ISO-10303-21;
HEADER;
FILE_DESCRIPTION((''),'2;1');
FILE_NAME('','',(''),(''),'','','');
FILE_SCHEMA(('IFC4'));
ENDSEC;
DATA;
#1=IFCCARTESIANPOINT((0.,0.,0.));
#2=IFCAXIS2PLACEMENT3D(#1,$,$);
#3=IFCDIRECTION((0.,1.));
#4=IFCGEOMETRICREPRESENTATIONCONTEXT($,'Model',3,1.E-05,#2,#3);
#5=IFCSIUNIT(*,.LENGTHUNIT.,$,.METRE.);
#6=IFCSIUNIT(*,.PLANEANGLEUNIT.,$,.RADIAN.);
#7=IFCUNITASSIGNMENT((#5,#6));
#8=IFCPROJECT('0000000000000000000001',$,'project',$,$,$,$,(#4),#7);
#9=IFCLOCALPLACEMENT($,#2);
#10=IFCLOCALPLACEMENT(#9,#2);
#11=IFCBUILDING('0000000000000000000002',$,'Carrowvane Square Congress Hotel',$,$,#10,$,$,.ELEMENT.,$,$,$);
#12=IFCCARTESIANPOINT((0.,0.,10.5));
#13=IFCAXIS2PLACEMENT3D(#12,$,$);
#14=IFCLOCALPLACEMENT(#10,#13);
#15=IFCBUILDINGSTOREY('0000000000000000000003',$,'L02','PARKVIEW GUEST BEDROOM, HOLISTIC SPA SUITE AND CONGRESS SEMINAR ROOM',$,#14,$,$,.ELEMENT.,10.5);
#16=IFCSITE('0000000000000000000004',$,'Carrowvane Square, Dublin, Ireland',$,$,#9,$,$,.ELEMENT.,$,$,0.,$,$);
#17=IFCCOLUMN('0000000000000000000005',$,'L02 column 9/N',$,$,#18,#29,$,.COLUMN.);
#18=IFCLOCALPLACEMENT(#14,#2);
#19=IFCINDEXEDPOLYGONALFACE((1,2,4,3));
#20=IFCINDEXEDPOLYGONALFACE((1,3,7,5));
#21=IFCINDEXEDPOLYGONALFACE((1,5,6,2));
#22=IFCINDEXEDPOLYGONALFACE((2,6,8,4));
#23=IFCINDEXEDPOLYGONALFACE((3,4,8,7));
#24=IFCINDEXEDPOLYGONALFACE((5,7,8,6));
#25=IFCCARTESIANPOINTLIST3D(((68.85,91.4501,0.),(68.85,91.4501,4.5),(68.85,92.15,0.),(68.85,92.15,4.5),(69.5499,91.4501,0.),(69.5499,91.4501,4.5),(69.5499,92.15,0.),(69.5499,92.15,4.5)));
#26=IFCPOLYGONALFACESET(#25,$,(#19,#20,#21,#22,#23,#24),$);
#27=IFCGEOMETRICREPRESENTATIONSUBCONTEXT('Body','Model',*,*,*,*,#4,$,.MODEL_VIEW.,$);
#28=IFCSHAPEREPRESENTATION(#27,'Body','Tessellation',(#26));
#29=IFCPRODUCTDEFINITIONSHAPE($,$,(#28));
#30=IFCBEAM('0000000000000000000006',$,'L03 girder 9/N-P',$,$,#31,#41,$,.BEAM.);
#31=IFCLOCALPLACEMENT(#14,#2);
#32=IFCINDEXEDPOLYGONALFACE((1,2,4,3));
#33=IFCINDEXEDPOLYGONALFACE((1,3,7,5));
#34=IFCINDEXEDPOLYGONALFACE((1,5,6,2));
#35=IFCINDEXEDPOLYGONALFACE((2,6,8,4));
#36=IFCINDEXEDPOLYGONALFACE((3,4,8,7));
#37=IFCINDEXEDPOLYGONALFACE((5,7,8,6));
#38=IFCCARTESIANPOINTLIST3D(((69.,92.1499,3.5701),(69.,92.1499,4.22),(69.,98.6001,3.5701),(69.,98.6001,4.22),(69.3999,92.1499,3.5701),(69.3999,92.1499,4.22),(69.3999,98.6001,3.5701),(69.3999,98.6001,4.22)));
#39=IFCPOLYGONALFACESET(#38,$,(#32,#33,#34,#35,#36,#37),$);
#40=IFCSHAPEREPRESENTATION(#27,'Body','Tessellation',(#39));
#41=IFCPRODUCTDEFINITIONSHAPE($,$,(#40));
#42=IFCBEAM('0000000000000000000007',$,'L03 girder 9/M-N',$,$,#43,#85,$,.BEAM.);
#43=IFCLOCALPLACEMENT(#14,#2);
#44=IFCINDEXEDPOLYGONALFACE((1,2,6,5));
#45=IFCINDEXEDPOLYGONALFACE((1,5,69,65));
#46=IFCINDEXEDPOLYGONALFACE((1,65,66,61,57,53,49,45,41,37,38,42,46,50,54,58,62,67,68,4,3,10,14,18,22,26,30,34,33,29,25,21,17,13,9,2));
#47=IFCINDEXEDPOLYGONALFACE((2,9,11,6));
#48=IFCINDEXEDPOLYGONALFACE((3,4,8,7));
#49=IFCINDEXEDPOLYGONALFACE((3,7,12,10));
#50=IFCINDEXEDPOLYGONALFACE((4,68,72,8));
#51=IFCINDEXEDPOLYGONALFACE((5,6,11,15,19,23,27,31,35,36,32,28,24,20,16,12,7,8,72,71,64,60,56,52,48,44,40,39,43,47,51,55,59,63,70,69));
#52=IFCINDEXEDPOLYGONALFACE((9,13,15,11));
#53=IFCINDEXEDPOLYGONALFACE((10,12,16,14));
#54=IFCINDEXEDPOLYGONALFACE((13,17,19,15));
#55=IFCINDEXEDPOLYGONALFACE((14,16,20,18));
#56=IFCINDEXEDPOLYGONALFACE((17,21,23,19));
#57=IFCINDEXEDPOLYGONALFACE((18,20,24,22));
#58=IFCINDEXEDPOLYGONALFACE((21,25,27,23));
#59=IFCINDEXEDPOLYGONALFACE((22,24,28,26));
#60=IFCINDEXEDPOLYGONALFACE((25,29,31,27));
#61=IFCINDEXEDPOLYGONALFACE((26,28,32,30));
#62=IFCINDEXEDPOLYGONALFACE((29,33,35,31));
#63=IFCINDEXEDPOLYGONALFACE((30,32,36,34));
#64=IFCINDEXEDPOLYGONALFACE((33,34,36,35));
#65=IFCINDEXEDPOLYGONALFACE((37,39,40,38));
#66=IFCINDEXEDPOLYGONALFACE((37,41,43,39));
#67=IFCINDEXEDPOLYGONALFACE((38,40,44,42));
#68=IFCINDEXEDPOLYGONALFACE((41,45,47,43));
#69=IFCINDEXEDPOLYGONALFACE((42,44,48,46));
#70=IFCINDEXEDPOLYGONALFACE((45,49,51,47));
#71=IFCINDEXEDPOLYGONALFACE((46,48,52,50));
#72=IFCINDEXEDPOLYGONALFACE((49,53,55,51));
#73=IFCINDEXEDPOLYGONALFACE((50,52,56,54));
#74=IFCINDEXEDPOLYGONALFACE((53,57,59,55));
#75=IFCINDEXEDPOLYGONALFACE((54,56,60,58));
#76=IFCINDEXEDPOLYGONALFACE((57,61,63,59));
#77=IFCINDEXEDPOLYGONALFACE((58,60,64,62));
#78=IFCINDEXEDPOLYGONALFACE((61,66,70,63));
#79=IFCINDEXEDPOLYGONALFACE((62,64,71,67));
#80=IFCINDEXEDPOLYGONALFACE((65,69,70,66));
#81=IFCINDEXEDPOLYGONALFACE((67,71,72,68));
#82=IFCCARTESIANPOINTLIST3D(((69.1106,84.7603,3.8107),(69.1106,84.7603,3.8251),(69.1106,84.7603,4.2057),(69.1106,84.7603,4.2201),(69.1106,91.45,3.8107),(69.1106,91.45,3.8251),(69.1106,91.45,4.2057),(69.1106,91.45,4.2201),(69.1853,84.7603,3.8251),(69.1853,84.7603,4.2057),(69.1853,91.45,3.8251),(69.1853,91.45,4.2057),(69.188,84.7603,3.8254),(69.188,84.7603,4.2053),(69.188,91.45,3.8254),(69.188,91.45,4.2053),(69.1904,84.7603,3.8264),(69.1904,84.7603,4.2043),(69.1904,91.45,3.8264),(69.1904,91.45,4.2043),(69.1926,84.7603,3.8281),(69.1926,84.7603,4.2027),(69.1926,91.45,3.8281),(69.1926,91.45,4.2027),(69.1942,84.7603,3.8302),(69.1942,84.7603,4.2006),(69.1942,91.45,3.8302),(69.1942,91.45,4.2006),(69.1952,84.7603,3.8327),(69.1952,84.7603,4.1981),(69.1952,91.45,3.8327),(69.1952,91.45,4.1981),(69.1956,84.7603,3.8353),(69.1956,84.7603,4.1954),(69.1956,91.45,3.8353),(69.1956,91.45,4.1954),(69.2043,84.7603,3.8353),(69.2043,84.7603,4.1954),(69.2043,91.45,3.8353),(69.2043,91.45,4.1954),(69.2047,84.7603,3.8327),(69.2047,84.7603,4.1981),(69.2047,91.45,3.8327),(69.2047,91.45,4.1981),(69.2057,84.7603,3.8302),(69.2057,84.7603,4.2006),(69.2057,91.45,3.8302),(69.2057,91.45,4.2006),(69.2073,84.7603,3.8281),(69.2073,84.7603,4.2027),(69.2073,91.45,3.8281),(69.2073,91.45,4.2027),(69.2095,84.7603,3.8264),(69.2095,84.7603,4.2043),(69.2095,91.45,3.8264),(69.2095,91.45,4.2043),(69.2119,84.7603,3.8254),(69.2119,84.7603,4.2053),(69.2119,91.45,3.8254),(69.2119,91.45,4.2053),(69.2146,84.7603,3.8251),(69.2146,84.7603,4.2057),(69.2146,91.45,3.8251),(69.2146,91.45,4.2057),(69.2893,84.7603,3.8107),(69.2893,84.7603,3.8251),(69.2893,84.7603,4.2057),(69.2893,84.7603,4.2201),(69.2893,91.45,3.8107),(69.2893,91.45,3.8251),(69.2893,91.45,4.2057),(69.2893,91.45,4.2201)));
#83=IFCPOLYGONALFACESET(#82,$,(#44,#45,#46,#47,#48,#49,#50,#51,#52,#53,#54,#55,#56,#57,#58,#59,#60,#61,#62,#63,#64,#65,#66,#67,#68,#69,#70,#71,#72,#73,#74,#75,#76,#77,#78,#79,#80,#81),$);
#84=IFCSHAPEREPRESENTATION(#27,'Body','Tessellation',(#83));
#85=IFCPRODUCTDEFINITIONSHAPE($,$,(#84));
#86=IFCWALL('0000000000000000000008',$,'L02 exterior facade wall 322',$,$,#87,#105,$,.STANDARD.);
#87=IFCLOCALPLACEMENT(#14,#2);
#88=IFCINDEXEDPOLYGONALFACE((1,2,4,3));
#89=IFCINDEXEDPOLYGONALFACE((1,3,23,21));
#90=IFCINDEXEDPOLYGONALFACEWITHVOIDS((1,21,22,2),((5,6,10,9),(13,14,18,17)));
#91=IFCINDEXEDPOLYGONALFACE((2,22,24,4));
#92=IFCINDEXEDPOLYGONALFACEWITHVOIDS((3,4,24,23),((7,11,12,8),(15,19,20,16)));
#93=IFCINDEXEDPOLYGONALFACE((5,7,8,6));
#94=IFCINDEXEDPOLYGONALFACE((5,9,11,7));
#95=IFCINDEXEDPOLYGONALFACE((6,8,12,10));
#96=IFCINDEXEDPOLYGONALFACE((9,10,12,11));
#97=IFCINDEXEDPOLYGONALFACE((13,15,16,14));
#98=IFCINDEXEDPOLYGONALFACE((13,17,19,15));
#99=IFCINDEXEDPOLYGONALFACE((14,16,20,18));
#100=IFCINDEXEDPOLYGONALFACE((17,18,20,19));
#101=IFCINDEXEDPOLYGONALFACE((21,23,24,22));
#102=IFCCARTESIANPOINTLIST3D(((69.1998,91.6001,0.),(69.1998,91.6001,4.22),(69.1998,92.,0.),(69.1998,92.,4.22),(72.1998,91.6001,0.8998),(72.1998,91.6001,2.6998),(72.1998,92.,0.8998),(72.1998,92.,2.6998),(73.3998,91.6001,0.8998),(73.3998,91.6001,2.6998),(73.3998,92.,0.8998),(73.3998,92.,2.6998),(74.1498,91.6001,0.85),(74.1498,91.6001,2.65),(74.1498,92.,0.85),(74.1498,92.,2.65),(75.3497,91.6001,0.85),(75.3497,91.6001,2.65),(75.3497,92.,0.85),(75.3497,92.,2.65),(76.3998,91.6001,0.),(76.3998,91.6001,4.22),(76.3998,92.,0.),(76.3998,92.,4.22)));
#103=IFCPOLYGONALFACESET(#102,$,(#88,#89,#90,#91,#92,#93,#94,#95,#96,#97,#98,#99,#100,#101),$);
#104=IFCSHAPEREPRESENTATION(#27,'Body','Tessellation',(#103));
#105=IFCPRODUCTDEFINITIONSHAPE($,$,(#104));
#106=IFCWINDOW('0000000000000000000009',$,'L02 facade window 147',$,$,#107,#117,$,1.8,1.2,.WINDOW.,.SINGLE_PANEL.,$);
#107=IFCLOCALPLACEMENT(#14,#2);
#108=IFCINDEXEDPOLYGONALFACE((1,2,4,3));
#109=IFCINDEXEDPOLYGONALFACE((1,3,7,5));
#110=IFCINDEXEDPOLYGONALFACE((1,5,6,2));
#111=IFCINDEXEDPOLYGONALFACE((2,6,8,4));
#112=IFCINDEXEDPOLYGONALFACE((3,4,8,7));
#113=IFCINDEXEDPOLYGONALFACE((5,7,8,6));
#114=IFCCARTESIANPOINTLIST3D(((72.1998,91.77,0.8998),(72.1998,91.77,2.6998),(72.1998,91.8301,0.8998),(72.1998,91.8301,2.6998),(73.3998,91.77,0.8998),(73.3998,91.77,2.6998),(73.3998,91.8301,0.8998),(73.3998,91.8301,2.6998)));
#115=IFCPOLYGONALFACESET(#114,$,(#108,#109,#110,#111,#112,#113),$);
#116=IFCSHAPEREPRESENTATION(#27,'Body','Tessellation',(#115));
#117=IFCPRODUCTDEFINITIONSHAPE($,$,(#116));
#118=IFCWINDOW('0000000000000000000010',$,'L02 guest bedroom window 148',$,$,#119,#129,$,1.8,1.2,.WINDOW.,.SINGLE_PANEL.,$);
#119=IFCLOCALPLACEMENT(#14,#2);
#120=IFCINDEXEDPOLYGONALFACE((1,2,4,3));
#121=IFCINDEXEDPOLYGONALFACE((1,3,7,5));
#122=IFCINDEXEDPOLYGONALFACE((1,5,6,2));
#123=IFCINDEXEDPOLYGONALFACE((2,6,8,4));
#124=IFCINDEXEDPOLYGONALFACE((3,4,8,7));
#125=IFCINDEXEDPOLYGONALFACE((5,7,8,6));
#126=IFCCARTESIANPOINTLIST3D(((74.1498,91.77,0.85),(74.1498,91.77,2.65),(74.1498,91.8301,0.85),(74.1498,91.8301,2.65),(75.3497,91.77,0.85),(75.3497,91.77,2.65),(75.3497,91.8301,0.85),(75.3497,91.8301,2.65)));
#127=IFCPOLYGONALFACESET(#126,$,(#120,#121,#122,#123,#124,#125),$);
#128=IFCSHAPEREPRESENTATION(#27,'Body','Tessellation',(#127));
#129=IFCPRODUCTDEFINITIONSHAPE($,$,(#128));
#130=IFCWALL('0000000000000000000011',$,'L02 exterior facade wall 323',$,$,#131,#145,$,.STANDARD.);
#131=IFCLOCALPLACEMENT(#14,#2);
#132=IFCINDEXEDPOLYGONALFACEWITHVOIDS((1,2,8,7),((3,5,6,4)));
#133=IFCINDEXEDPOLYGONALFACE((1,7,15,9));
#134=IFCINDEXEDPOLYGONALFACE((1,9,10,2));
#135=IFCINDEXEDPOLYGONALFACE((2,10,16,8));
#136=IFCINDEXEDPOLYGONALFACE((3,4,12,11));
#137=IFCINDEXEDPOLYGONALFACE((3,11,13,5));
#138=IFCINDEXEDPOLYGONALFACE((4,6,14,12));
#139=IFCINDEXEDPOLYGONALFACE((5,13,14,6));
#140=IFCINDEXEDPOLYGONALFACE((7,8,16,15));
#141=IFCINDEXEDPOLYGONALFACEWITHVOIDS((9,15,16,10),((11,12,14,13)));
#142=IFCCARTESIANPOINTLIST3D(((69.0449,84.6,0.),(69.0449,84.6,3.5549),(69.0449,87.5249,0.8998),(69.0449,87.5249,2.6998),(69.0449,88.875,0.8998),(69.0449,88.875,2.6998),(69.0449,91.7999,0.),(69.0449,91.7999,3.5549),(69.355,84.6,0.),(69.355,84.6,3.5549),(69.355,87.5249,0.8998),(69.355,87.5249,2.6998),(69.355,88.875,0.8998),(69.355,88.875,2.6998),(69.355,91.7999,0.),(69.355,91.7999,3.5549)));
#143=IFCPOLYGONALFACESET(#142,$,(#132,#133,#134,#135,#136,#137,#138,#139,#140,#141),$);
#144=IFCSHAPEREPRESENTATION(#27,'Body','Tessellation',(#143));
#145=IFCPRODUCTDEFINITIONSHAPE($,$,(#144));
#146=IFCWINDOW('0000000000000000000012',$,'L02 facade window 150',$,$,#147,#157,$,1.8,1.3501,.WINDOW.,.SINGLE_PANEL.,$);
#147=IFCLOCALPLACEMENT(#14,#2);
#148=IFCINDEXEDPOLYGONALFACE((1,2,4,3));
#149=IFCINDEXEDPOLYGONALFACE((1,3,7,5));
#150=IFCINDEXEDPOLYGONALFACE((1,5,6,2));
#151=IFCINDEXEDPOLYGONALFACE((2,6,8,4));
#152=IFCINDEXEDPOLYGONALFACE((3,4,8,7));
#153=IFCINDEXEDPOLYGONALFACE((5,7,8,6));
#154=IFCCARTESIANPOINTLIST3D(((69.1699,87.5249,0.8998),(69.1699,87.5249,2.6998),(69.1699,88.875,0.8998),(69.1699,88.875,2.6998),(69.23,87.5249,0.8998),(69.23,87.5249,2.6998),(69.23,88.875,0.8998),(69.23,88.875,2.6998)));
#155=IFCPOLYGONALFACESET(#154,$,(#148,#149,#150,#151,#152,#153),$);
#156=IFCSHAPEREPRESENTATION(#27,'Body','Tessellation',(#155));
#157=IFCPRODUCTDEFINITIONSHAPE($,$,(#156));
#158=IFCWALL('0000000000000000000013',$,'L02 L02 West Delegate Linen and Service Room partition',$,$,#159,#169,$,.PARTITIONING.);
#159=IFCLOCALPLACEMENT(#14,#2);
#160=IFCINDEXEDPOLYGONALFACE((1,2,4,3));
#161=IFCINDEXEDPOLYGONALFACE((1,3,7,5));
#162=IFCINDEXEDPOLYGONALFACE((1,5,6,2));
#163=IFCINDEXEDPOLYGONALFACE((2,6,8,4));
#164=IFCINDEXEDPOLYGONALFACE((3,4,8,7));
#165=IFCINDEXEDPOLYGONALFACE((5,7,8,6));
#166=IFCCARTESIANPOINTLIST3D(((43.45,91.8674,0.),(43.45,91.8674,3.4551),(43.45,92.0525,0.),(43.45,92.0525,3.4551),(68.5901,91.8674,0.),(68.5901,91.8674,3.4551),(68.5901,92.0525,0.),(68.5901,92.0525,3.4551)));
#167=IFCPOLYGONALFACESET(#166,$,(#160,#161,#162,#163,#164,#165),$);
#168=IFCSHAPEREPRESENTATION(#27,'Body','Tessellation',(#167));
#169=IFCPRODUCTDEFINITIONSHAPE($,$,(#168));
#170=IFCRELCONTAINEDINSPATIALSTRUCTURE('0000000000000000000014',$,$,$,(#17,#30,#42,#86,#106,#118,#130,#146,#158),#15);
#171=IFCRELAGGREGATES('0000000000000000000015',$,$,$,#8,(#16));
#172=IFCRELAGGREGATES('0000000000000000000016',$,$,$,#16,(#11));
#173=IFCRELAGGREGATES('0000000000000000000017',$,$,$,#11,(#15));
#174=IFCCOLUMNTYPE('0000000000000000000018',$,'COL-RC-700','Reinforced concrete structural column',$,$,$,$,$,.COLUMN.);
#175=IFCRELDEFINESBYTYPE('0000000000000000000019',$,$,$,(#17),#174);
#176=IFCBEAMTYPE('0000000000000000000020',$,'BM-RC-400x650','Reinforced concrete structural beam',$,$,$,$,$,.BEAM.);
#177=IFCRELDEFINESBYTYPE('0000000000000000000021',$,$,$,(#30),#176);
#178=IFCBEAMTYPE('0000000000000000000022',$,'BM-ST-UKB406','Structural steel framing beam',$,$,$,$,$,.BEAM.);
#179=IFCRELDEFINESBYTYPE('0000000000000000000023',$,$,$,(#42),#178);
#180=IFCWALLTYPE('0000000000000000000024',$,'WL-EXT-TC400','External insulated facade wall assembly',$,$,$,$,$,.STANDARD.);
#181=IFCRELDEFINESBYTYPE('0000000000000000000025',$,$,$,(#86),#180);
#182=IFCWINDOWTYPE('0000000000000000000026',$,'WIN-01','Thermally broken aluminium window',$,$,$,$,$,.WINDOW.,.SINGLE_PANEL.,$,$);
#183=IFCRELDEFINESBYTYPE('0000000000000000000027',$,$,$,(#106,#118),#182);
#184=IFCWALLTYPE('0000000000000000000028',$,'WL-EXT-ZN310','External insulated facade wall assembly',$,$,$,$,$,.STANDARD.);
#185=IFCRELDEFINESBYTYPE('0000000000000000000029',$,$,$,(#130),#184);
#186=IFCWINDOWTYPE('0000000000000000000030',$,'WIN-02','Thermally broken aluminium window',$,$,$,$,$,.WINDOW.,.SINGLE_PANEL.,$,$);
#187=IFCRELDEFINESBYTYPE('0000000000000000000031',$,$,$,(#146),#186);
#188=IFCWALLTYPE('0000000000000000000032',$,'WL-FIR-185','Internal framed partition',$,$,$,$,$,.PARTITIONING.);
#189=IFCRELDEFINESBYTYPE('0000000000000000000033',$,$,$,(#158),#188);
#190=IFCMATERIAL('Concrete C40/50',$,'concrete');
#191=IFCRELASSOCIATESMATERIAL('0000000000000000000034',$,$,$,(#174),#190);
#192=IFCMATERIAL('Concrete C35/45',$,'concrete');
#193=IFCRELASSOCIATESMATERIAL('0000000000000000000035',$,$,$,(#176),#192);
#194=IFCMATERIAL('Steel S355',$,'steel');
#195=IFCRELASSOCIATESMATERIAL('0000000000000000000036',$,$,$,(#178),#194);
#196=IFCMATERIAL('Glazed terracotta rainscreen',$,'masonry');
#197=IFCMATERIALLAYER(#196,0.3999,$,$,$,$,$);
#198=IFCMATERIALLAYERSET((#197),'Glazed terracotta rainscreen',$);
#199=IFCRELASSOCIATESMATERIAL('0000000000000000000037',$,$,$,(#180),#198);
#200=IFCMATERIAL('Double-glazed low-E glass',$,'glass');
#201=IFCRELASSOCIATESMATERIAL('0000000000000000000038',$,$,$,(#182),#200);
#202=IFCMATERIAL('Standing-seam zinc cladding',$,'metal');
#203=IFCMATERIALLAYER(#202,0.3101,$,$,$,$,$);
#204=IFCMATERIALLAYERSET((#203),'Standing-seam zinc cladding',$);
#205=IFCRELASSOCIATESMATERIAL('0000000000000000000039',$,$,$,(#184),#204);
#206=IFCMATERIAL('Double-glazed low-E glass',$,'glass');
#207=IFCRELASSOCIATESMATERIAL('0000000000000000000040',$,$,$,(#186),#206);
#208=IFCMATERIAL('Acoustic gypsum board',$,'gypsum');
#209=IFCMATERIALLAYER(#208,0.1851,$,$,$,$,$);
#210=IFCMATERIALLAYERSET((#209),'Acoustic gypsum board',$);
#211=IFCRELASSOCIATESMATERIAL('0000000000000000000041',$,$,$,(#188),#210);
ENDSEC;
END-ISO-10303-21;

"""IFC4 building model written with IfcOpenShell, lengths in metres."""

from ifc_helpers import new_model, si_unit, direction, frame, frame_2d, origin, origin_2d, place, context, subcontext, project, spatial, rectangle, i_section, extrude, material, layer, layer_set, material_profile, profile_set, type_object, element, fill, save


model = new_model("IFC4")

# Units and contexts
model_context = context("Model", 3, precision=1e-05, world=origin(), true_north=direction((0.0, 1.0)))
body_context = subcontext(model_context, "Body", "Model", "MODEL_VIEW")
ifc_project = project(units=[si_unit("LENGTHUNIT", "METRE"), si_unit("PLANEANGLEUNIT", "RADIAN")], contexts=[model_context])

# Site, building, storey
site_placement = place(None, origin())
site = spatial("IfcSite", under=ifc_project, at=site_placement, Name="Carrowvane Square, Dublin, Ireland", CompositionType="ELEMENT", RefElevation=0.0)
building_placement = place(site_placement, origin())
building = spatial("IfcBuilding", under=site, at=building_placement, Name="Carrowvane Square Congress Hotel", CompositionType="ELEMENT")
storey_placement = place(building_placement, frame((0.0, 0.0, 10.5)))
storey = spatial("IfcBuildingStorey", under=building, at=storey_placement, Name="L02", Description="PARKVIEW GUEST BEDROOM, HOLISTIC SPA SUITE AND CONGRESS SEMINAR ROOM", CompositionType="ELEMENT", Elevation=10.5)

# Column
ifc_material_1 = material(Name="Concrete C40/50", Category="concrete")
ifc_material_profile_1 = material_profile(ifc_material_1, rectangle(XDim=0.7, YDim=0.7, at=origin_2d()), Name="RC 700x700")
ifc_profile_set_1 = profile_set([ifc_material_profile_1], Name="Concrete C40/50")
column_type = type_object("IfcColumnType", Name="COL-RC-700", Description="Reinforced concrete structural column", PredefinedType="COLUMN", material=ifc_profile_set_1)
column_placement = place(storey_placement, frame((69.2, 91.8, 0.0), z_axis=(0.0, 0.0, 1.0), x_axis=(1.0, 0.0, 0.0)))
element("IfcColumn", 1, at=column_placement, inside=storey, type_object=column_type, Name="L02 column 9/N", PredefinedType="COLUMN", context=body_context, shape_type="SweptSolid", body=[
    extrude(rectangle(XDim=0.7, YDim=0.7, at=origin_2d()), origin(), (0.0, 0.0, 1.0), 4.5),
])

# Beams
ifc_material_2 = material(Name="Concrete C35/45", Category="concrete")
ifc_material_profile_2 = material_profile(ifc_material_2, rectangle(XDim=0.3999, YDim=0.6499, at=origin_2d()), Name="RC 400x650")
ifc_profile_set_2 = profile_set([ifc_material_profile_2], Name="Concrete C35/45")
beam_type_1 = type_object("IfcBeamType", Name="BM-RC-400x650", Description="Reinforced concrete structural beam", PredefinedType="BEAM", material=ifc_profile_set_2)
beam_1_placement = place(storey_placement, frame((69.2, 92.1499, 3.895), z_axis=(0.0, 1.0, 0.0), x_axis=(-1.0, 0.0, 0.0)))
element("IfcBeam", 2, at=beam_1_placement, inside=storey, type_object=beam_type_1, Name="L03 girder 9/N-P", PredefinedType="BEAM", context=body_context, shape_type="SweptSolid", body=[
    extrude(rectangle(XDim=0.3999, YDim=0.6499, at=origin_2d()), origin(), (0.0, 0.0, 1.0), 6.4502),
])
ifc_material_3 = material(Name="Steel S355", Category="steel")
ifc_material_profile_3 = material_profile(ifc_material_3, i_section(OverallWidth=0.1787, OverallDepth=0.4094, WebThickness=0.0088, FlangeThickness=0.0144, FilletRadius=0.0103, at=origin_2d()), Name="UKB 406x178x67")
ifc_profile_set_3 = profile_set([ifc_material_profile_3], Name="Steel S355")
beam_type_2 = type_object("IfcBeamType", Name="BM-ST-UKB406", Description="Structural steel framing beam", PredefinedType="BEAM", material=ifc_profile_set_3)
beam_2_placement = place(storey_placement, frame((69.2, 84.7603, 4.0154), z_axis=(0.0, 1.0, 0.0), x_axis=(-1.0, 0.0, 0.0)))
element("IfcBeam", 3, at=beam_2_placement, inside=storey, type_object=beam_type_2, Name="L03 girder 9/M-N", PredefinedType="BEAM", context=body_context, shape_type="SweptSolid", body=[
    extrude(i_section(OverallWidth=0.1787, OverallDepth=0.4094, WebThickness=0.0088, FlangeThickness=0.0144, FilletRadius=0.0103, at=origin_2d()), origin(), (0.0, 0.0, 1.0), 6.6897),
])

# Wall, openings, windows
ifc_material_4 = material(Name="Glazed terracotta rainscreen", Category="masonry")
ifc_layer_1 = layer(ifc_material_4, 0.3999)
ifc_layer_set_1 = layer_set([ifc_layer_1], Name="Glazed terracotta rainscreen")
wall_type_1 = type_object("IfcWallType", Name="WL-EXT-TC400", Description="External insulated facade wall assembly", PredefinedType="STANDARD", material=ifc_layer_set_1)
wall_1_placement = place(storey_placement, frame((76.3999, 91.8, 0.0), z_axis=(0.0, 0.0, 1.0), x_axis=(-1.0, 0.0, 0.0)))
wall_1 = element("IfcWall", 4, at=wall_1_placement, inside=storey, type_object=wall_type_1, Name="L02 exterior facade wall 322", PredefinedType="STANDARD", context=body_context, shape_type="SweptSolid", body=[
    extrude(rectangle(XDim=7.2, YDim=0.3999, at=frame_2d((3.6001, 0.0))), origin(), (0.0, 0.0, 1.0), 4.22),
])
opening_1_placement = place(wall_1_placement, frame((3.0, 0.0, 0.8999)))
opening_1 = element("IfcOpeningElement", 5, at=opening_1_placement, cuts=wall_1, PredefinedType="OPENING", context=body_context, shape_type="SweptSolid", body=[
    extrude(rectangle(XDim=1.2, YDim=1.8, at=frame_2d((0.6001, 0.8999))), frame((0.0, 0.21, 0.0), z_axis=(0.0, -1.0, 0.0), x_axis=(1.0, 0.0, 0.0)), (0.0, 0.0, 1.0), 0.4199),
])
opening_2_placement = place(wall_1_placement, frame((1.05, 0.0, 0.8501)))
opening_2 = element("IfcOpeningElement", 6, at=opening_2_placement, cuts=wall_1, PredefinedType="OPENING", context=body_context, shape_type="SweptSolid", body=[
    extrude(rectangle(XDim=1.2, YDim=1.8, at=frame_2d((0.6001, 0.8999))), frame((0.0, 0.21, 0.0), z_axis=(0.0, -1.0, 0.0), x_axis=(1.0, 0.0, 0.0)), (0.0, 0.0, 1.0), 0.4199),
])
ifc_material_5 = material(Name="Double-glazed low-E glass", Category="glass")
window_type_1 = type_object("IfcWindowType", Name="WIN-01", Description="Thermally broken aluminium window", PartitioningType="SINGLE_PANEL", PredefinedType="WINDOW", material=ifc_material_5)
window_1_placement = place(opening_1_placement, origin())
window_1 = element("IfcWindow", 7, at=window_1_placement, inside=storey, type_object=window_type_1, Name="L02 facade window 147", OverallHeight=1.8, OverallWidth=1.2, PartitioningType="SINGLE_PANEL", PredefinedType="WINDOW", context=body_context, shape_type="SweptSolid", body=[
    extrude(rectangle(XDim=1.2, YDim=1.8, at=frame_2d((0.6001, 0.8999))), frame((0.0, 0.03, 0.0), z_axis=(0.0, -1.0, 0.0), x_axis=(1.0, 0.0, 0.0)), (0.0, 0.0, 1.0), 0.0601),
])
fill(opening_1, window_1)
window_2_placement = place(opening_2_placement, origin())
window_2 = element("IfcWindow", 8, at=window_2_placement, inside=storey, type_object=window_type_1, Name="L02 guest bedroom window 148", OverallHeight=1.8, OverallWidth=1.2, PartitioningType="SINGLE_PANEL", PredefinedType="WINDOW", context=body_context, shape_type="SweptSolid", body=[
    extrude(rectangle(XDim=1.2, YDim=1.8, at=frame_2d((0.6001, 0.8999))), frame((0.0, 0.03, 0.0), z_axis=(0.0, -1.0, 0.0), x_axis=(1.0, 0.0, 0.0)), (0.0, 0.0, 1.0), 0.0601),
])
fill(opening_2, window_2)

# Wall, opening, window
ifc_material_6 = material(Name="Standing-seam zinc cladding", Category="metal")
ifc_layer_2 = layer(ifc_material_6, 0.3101)
ifc_layer_set_2 = layer_set([ifc_layer_2], Name="Standing-seam zinc cladding")
wall_type_2 = type_object("IfcWallType", Name="WL-EXT-ZN310", Description="External insulated facade wall assembly", PredefinedType="STANDARD", material=ifc_layer_set_2)
wall_2_placement = place(storey_placement, frame((69.2, 91.8, 0.0), z_axis=(0.0, 0.0, 1.0), x_axis=(0.0, -1.0, 0.0)))
wall_2 = element("IfcWall", 9, at=wall_2_placement, inside=storey, type_object=wall_type_2, Name="L02 exterior facade wall 323", PredefinedType="STANDARD", context=body_context, shape_type="SweptSolid", body=[
    extrude(rectangle(XDim=7.2, YDim=0.3101, at=frame_2d((3.6001, 0.0))), origin(), (0.0, 0.0, 1.0), 3.5549),
])
opening_3_placement = place(wall_2_placement, frame((2.925, 0.0, 0.8999)))
opening_3 = element("IfcOpeningElement", 10, at=opening_3_placement, cuts=wall_2, PredefinedType="OPENING", context=body_context, shape_type="SweptSolid", body=[
    extrude(rectangle(XDim=1.3501, YDim=1.8, at=frame_2d((0.675, 0.8999))), frame((0.0, 0.165, 0.0), z_axis=(0.0, -1.0, 0.0), x_axis=(1.0, 0.0, 0.0)), (0.0, 0.0, 1.0), 0.3301),
])
ifc_material_7 = material(Name="Double-glazed low-E glass", Category="glass")
window_type_2 = type_object("IfcWindowType", Name="WIN-02", Description="Thermally broken aluminium window", PartitioningType="SINGLE_PANEL", PredefinedType="WINDOW", material=ifc_material_7)
window_3_placement = place(opening_3_placement, origin())
window_3 = element("IfcWindow", 11, at=window_3_placement, inside=storey, type_object=window_type_2, Name="L02 facade window 150", OverallHeight=1.8, OverallWidth=1.3501, PartitioningType="SINGLE_PANEL", PredefinedType="WINDOW", context=body_context, shape_type="SweptSolid", body=[
    extrude(rectangle(XDim=1.3501, YDim=1.8, at=frame_2d((0.675, 0.8999))), frame((0.0, 0.03, 0.0), z_axis=(0.0, -1.0, 0.0), x_axis=(1.0, 0.0, 0.0)), (0.0, 0.0, 1.0), 0.0601),
])
fill(opening_3, window_3)

# Wall
ifc_material_8 = material(Name="Acoustic gypsum board", Category="gypsum")
ifc_layer_3 = layer(ifc_material_8, 0.1851)
ifc_layer_set_3 = layer_set([ifc_layer_3], Name="Acoustic gypsum board")
wall_type_3 = type_object("IfcWallType", Name="WL-FIR-185", Description="Internal framed partition", PredefinedType="PARTITIONING", material=ifc_layer_set_3)
wall_3_placement = place(storey_placement, frame((68.5901, 91.96, 0.0), z_axis=(0.0, 0.0, 1.0), x_axis=(-1.0, 0.0, 0.0)))
element("IfcWall", 12, at=wall_3_placement, inside=storey, type_object=wall_type_3, Name="L02 L02 West Delegate Linen and Service Room partition", PredefinedType="PARTITIONING", context=body_context, shape_type="SweptSolid", body=[
    extrude(rectangle(XDim=25.1401, YDim=0.1851, at=frame_2d((12.5701, 0.0))), origin(), (0.0, 0.0, 1.0), 3.4551),
])

save(model, "model.ifc")
